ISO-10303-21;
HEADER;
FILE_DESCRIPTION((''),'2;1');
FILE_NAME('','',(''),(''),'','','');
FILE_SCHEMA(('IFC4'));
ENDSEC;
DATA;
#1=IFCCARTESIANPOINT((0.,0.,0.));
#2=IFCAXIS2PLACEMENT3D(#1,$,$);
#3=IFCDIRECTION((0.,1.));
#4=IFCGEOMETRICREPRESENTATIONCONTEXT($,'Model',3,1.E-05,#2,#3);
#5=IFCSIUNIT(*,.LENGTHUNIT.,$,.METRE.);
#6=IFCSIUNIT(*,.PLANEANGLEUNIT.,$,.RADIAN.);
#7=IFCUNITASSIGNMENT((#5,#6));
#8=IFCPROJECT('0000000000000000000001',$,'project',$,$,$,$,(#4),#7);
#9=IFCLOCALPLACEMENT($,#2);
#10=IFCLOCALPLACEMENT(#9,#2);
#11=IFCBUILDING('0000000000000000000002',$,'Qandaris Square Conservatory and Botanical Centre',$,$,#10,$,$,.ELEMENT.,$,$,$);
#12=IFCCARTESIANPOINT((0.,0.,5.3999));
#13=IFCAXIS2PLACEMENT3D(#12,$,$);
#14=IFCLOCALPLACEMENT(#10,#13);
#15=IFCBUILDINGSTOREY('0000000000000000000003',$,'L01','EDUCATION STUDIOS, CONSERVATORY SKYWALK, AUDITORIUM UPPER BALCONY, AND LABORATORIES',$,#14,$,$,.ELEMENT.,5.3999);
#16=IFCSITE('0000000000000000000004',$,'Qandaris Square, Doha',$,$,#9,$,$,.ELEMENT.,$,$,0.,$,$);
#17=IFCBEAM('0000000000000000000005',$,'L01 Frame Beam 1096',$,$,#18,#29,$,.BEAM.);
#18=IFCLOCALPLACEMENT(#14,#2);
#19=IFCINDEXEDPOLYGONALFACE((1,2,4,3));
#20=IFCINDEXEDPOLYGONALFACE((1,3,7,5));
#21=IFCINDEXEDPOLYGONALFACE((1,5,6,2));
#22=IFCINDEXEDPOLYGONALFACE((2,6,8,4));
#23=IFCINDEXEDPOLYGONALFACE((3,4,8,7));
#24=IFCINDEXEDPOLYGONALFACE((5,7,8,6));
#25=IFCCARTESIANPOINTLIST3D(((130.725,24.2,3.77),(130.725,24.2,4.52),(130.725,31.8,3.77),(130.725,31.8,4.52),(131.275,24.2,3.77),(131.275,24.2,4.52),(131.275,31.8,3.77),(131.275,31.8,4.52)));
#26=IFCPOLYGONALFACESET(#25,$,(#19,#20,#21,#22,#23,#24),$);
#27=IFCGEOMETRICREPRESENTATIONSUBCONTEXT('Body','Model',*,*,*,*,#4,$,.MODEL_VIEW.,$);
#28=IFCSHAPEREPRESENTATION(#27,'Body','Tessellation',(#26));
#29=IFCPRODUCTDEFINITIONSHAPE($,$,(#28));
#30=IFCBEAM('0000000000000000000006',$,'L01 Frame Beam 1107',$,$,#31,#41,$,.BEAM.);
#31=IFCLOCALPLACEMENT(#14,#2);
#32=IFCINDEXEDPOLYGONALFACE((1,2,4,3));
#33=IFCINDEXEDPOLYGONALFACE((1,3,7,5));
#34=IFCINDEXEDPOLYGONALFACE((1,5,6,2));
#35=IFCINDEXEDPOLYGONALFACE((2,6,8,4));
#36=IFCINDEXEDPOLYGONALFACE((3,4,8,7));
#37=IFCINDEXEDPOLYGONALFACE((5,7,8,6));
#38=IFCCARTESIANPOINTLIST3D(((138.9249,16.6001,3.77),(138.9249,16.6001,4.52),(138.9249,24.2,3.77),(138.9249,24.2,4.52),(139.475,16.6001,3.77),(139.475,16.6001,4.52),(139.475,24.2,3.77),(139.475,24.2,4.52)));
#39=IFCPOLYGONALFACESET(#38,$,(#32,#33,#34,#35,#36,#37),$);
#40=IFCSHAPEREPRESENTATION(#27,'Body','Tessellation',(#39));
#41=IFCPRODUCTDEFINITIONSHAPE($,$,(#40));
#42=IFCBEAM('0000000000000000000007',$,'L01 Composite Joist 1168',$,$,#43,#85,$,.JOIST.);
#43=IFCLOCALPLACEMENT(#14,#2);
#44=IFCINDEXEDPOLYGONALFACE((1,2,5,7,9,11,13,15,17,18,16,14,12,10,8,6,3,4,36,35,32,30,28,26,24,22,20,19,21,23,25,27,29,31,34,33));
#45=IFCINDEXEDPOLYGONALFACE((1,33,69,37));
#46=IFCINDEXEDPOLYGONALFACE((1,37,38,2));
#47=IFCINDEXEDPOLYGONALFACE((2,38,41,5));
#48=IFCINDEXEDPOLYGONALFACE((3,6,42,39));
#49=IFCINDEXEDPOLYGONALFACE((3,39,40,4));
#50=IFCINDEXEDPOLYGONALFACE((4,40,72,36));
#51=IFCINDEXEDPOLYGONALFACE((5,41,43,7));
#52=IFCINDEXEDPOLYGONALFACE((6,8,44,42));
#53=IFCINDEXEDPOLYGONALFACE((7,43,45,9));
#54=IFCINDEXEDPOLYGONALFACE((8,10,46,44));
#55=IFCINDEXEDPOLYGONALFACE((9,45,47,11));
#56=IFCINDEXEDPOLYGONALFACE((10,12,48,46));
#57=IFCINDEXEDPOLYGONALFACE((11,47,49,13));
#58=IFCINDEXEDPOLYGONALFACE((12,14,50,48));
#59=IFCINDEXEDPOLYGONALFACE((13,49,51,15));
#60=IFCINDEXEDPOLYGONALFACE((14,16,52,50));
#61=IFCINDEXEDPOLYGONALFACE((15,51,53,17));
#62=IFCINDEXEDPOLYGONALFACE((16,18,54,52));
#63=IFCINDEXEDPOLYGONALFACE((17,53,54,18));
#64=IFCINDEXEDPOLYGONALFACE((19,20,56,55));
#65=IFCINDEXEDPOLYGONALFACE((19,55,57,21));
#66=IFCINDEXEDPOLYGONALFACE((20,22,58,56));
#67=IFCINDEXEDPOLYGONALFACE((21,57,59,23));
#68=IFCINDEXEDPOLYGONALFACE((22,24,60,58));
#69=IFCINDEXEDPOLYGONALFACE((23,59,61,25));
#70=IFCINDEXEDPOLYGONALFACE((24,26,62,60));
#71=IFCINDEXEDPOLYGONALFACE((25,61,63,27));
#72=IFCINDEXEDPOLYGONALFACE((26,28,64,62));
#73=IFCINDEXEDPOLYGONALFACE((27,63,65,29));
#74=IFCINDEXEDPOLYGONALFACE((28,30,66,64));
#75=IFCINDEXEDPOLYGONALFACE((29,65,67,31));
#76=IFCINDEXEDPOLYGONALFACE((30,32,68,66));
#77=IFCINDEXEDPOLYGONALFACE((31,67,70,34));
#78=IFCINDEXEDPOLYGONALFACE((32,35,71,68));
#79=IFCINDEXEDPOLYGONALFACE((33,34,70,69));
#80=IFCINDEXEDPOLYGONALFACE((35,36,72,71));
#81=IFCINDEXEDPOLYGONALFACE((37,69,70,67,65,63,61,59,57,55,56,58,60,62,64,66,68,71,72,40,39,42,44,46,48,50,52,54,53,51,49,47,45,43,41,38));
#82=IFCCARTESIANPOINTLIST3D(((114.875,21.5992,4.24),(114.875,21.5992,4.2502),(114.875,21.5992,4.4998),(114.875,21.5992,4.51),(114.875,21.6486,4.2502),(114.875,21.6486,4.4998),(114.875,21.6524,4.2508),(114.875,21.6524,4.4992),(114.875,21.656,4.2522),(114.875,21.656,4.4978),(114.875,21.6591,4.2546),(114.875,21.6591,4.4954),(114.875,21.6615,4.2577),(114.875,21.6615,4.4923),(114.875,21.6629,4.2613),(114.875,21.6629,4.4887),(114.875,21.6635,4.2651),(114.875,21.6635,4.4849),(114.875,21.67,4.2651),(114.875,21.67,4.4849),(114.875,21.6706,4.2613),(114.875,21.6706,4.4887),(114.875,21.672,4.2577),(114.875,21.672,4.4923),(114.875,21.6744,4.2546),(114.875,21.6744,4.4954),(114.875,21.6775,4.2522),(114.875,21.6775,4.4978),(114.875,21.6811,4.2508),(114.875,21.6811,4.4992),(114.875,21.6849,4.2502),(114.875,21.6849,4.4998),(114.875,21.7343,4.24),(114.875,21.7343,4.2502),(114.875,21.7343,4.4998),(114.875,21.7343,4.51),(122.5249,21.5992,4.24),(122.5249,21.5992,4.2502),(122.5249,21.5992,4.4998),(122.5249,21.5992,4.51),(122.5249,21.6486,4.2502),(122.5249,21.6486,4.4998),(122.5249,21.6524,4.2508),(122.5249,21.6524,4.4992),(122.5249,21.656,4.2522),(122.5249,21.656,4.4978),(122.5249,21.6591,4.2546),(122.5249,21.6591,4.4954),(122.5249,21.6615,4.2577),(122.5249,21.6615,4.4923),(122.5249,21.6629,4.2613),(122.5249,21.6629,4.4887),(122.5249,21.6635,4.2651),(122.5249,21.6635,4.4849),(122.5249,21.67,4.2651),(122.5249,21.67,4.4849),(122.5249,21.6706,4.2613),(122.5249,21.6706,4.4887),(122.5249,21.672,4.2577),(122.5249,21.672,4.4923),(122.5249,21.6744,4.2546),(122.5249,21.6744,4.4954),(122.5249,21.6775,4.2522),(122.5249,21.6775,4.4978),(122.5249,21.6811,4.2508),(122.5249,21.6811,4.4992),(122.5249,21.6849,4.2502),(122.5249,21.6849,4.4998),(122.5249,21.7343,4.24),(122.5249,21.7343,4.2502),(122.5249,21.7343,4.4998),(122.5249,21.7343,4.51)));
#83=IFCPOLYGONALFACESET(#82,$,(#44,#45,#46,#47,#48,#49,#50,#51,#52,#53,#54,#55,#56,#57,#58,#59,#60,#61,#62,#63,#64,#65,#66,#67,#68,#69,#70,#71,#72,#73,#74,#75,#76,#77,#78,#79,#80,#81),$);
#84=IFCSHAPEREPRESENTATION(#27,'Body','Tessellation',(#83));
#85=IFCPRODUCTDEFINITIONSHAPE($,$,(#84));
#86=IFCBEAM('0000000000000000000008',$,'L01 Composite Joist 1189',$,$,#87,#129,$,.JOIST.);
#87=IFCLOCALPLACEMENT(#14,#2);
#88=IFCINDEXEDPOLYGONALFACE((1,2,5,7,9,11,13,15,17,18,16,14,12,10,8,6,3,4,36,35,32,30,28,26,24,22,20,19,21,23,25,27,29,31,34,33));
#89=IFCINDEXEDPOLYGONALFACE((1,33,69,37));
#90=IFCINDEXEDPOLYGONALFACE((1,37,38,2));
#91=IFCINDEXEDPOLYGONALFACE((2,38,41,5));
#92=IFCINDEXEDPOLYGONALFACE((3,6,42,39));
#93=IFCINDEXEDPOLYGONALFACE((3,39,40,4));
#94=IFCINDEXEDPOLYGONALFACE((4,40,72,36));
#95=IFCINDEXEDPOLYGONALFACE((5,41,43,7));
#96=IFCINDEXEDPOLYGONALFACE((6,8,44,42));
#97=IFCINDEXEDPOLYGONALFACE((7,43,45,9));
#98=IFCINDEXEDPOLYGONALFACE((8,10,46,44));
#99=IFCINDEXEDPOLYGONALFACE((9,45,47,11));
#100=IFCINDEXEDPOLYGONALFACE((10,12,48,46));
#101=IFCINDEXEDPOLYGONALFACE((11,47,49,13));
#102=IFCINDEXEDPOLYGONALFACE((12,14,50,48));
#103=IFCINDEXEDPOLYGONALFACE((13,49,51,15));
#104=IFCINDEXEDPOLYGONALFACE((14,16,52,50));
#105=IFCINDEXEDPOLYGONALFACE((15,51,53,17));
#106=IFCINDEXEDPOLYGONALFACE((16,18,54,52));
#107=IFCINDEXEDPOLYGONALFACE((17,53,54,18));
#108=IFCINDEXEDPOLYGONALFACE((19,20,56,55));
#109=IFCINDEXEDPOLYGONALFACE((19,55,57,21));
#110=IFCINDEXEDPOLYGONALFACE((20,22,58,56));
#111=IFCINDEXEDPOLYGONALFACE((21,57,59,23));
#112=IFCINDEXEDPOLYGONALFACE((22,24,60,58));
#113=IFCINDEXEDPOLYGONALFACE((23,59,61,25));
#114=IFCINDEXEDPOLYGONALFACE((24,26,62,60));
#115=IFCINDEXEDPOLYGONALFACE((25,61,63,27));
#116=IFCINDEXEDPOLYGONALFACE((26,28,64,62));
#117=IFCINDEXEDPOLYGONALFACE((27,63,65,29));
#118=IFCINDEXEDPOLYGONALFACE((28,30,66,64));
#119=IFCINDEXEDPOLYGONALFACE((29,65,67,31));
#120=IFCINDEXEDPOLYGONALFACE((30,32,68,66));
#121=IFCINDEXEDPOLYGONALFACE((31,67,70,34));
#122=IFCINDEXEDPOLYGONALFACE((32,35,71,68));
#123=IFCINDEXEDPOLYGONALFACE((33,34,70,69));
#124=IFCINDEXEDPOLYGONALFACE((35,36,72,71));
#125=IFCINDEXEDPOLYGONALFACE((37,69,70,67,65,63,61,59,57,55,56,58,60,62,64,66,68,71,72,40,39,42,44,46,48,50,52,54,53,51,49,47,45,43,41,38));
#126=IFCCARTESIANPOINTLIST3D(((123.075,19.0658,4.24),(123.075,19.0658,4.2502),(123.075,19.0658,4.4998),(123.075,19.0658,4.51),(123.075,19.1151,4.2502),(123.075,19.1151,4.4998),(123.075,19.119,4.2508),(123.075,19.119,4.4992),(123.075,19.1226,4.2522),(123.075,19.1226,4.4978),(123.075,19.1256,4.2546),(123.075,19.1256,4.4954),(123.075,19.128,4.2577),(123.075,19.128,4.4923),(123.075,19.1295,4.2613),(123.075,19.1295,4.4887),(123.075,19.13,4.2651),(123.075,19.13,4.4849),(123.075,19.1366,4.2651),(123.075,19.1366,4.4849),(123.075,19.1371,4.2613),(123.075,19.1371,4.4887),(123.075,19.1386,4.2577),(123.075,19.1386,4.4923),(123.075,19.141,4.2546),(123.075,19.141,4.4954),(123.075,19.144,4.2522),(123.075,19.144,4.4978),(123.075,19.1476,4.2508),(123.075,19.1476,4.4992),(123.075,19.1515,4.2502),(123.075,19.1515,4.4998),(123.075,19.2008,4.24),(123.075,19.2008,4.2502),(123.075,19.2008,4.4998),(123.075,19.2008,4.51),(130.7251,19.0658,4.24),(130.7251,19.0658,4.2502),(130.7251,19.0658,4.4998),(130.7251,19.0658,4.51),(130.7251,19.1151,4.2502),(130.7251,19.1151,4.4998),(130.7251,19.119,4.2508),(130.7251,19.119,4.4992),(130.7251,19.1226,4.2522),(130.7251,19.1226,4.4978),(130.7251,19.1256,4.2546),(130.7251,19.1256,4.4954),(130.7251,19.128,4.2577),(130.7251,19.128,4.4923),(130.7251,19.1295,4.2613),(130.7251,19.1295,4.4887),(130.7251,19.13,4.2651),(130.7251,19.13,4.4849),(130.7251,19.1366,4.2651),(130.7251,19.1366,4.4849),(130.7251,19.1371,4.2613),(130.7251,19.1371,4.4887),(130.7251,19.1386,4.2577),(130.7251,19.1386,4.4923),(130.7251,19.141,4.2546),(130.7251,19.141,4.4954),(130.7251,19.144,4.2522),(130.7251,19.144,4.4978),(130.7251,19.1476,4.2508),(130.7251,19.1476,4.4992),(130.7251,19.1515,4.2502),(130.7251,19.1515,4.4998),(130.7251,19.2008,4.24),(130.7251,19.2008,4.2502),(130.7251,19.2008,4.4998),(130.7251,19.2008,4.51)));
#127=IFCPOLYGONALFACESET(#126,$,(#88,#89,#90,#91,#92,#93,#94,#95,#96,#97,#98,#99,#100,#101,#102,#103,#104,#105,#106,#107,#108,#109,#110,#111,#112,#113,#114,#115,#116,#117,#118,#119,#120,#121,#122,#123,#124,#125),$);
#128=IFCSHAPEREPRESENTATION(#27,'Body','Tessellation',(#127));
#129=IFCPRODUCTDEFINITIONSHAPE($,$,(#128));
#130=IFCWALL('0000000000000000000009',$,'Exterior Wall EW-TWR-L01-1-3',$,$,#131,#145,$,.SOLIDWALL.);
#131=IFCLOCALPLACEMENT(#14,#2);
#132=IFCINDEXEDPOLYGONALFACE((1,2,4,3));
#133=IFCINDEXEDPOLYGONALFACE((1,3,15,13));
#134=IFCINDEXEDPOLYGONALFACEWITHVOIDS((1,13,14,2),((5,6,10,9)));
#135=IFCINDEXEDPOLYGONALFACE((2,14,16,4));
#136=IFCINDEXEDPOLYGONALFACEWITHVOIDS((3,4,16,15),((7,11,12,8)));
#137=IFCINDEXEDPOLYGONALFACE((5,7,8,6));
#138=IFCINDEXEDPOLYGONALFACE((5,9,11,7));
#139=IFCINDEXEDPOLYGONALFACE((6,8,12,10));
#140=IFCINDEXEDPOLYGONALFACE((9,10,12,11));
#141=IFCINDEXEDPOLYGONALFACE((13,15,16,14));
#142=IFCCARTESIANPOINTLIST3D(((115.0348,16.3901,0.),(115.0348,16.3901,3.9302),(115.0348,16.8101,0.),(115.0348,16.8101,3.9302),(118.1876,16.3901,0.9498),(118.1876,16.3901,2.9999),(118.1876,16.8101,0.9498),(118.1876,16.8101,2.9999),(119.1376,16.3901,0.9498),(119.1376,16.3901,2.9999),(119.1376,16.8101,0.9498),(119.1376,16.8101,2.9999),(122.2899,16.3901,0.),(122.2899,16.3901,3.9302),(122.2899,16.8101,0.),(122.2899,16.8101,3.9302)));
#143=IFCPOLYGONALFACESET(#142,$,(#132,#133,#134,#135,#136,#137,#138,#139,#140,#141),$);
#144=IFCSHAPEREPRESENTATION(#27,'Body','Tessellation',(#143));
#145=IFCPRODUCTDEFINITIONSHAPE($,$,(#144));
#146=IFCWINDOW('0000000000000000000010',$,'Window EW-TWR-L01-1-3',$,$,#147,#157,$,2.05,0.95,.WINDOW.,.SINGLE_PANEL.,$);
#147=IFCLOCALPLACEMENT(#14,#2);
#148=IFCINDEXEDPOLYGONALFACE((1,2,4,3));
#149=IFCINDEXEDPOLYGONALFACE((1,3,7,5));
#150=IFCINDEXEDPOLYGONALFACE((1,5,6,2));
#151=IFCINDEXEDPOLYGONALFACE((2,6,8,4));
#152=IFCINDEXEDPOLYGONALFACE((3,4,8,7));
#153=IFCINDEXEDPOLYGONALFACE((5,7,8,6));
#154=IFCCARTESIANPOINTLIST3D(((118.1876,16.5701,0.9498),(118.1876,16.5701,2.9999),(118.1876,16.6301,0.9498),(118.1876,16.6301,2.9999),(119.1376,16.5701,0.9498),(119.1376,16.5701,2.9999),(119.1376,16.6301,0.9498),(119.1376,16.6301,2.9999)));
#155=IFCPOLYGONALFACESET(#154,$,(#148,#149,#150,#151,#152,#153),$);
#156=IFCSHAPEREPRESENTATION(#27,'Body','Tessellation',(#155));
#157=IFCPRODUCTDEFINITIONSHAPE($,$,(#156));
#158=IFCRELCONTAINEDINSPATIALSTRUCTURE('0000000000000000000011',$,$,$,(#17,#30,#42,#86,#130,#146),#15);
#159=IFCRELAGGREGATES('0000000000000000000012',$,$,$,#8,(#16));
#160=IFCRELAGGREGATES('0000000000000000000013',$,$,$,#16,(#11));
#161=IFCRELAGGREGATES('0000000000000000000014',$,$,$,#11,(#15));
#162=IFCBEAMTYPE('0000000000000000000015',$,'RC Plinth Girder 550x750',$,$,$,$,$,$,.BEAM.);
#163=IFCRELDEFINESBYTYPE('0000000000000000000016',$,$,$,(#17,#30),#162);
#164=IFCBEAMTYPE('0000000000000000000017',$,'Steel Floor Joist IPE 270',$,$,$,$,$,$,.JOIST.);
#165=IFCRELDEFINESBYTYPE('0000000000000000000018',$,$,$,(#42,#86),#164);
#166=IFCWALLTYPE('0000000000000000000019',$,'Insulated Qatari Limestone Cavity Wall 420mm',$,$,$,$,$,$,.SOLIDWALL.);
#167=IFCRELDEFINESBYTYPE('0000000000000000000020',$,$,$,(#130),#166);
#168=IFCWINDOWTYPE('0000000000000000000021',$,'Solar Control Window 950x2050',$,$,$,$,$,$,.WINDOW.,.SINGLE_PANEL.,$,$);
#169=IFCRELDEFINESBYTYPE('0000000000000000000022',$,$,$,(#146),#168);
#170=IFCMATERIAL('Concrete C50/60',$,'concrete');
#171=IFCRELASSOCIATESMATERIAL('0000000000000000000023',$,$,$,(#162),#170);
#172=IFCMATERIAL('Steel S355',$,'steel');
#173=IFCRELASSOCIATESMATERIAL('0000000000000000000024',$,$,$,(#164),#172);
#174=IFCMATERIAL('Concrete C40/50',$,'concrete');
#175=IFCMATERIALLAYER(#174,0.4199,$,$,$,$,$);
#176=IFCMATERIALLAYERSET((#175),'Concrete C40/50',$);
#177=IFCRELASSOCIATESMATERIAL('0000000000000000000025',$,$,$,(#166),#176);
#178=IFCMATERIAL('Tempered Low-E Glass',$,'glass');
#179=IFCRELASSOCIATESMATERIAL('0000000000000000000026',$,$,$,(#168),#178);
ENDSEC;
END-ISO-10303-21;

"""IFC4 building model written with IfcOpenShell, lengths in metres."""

from ifc_helpers import new_model, si_unit, direction, frame, frame_2d, origin, origin_2d, place, context, subcontext, project, spatial, rectangle, i_section, extrude, material, layer, layer_set, material_profile, profile_set, type_object, element, fill, save


model = new_model("IFC4")

# Units and contexts
model_context = context("Model", 3, precision=1e-05, world=origin(), true_north=direction((0.0, 1.0)))
body_context = subcontext(model_context, "Body", "Model", "MODEL_VIEW")
ifc_project = project(units=[si_unit("LENGTHUNIT", "METRE"), si_unit("PLANEANGLEUNIT", "RADIAN")], contexts=[model_context])

# Site, building, storey
site_placement = place(None, origin())
site = spatial("IfcSite", under=ifc_project, at=site_placement, Name="Qandaris Square, Doha", CompositionType="ELEMENT", RefElevation=0.0)
building_placement = place(site_placement, origin())
building = spatial("IfcBuilding", under=site, at=building_placement, Name="Qandaris Square Conservatory and Botanical Centre", CompositionType="ELEMENT")
storey_placement = place(building_placement, frame((0.0, 0.0, 5.3999)))
storey = spatial("IfcBuildingStorey", under=building, at=storey_placement, Name="L01", Description="EDUCATION STUDIOS, CONSERVATORY SKYWALK, AUDITORIUM UPPER BALCONY, AND LABORATORIES", CompositionType="ELEMENT", Elevation=5.3999)

# Shared definitions
ifc_material_1 = material(Name="Concrete C50/60", Category="concrete")

# Shared definitions
ifc_material_2 = material(Name="Steel S355", Category="steel")

# Beams
ifc_material_profile_1 = material_profile(ifc_material_1, rectangle(XDim=0.55, YDim=0.75, at=origin_2d()), Name="RC-BM 550x750")
ifc_profile_set_1 = profile_set([ifc_material_profile_1], Name="Concrete C50/60")
beam_type_1 = type_object("IfcBeamType", Name="RC Plinth Girder 550x750", PredefinedType="BEAM", material=ifc_profile_set_1)
beam_1_placement = place(storey_placement, frame((131.0, 24.2, 4.145), z_axis=(0.0, 1.0, 0.0), x_axis=(-1.0, 0.0, 0.0)))
element("IfcBeam", 1, at=beam_1_placement, inside=storey, type_object=beam_type_1, Name="L01 Frame Beam 1096", PredefinedType="BEAM", context=body_context, shape_type="SweptSolid", body=[
    extrude(rectangle(XDim=0.55, YDim=0.75, at=origin_2d()), origin(), (0.0, 0.0, 1.0), 7.6001),
])
beam_2_placement = place(storey_placement, frame((139.2, 16.6001, 4.145), z_axis=(0.0, 1.0, 0.0), x_axis=(-1.0, 0.0, 0.0)))
element("IfcBeam", 2, at=beam_2_placement, inside=storey, type_object=beam_type_1, Name="L01 Frame Beam 1107", PredefinedType="BEAM", context=body_context, shape_type="SweptSolid", body=[
    extrude(rectangle(XDim=0.55, YDim=0.75, at=origin_2d()), origin(), (0.0, 0.0, 1.0), 7.5999),
])
ifc_material_profile_2 = material_profile(ifc_material_2, i_section(OverallWidth=0.135, OverallDepth=0.27, WebThickness=0.0066, FlangeThickness=0.0103, FilletRadius=0.0149, at=origin_2d()), Name="IPE 270")
ifc_profile_set_2 = profile_set([ifc_material_profile_2], Name="Steel S355")
beam_type_2 = type_object("IfcBeamType", Name="Steel Floor Joist IPE 270", PredefinedType="JOIST", material=ifc_profile_set_2)
beam_3_placement = place(storey_placement, frame((114.875, 21.6667, 4.375), z_axis=(1.0, 0.0, 0.0), x_axis=(0.0, 1.0, 0.0)))
element("IfcBeam", 3, at=beam_3_placement, inside=storey, type_object=beam_type_2, Name="L01 Composite Joist 1168", PredefinedType="JOIST", context=body_context, shape_type="SweptSolid", body=[
    extrude(i_section(OverallWidth=0.135, OverallDepth=0.27, WebThickness=0.0066, FlangeThickness=0.0103, FilletRadius=0.0149, at=origin_2d()), origin(), (0.0, 0.0, 1.0), 7.6499),
])
beam_4_placement = place(storey_placement, frame((123.075, 19.1333, 4.375), z_axis=(1.0, 0.0, 0.0), x_axis=(0.0, 1.0, 0.0)))
element("IfcBeam", 4, at=beam_4_placement, inside=storey, type_object=beam_type_2, Name="L01 Composite Joist 1189", PredefinedType="JOIST", context=body_context, shape_type="SweptSolid", body=[
    extrude(i_section(OverallWidth=0.135, OverallDepth=0.27, WebThickness=0.0066, FlangeThickness=0.0103, FilletRadius=0.0149, at=origin_2d()), origin(), (0.0, 0.0, 1.0), 7.6501),
])

# Wall, opening, window
ifc_material_3 = material(Name="Concrete C40/50", Category="concrete")
ifc_layer = layer(ifc_material_3, 0.4199)
ifc_layer_set = layer_set([ifc_layer], Name="Concrete C40/50")
wall_type = type_object("IfcWallType", Name="Insulated Qatari Limestone Cavity Wall 420mm", PredefinedType="SOLIDWALL", material=ifc_layer_set)
wall_1_placement = place(storey_placement, frame((115.0349, 16.6001, 0.0), z_axis=(0.0, 0.0, 1.0), x_axis=(1.0, 0.0, 0.0)))
wall_1 = element("IfcWall", 5, at=wall_1_placement, inside=storey, type_object=wall_type, Name="Exterior Wall EW-TWR-L01-1-3", PredefinedType="SOLIDWALL", context=body_context, shape_type="SweptSolid", body=[
    extrude(rectangle(XDim=7.2551, YDim=0.4199, at=frame_2d((3.6274, 0.0))), origin(), (0.0, 0.0, 1.0), 3.9302),
])
opening_1_placement = place(wall_1_placement, frame((3.1526, 0.0, 0.95)))
opening_1 = element("IfcOpeningElement", 6, at=opening_1_placement, cuts=wall_1, PredefinedType="OPENING", context=body_context, shape_type="SweptSolid", body=[
    extrude(rectangle(XDim=0.95, YDim=2.05, at=frame_2d((0.4751, 1.0249))), frame((0.0, 0.2219, 0.0), z_axis=(0.0, -1.0, 0.0), x_axis=(1.0, 0.0, 0.0)), (0.0, 0.0, 1.0), 0.4438),
])
ifc_material_4 = material(Name="Tempered Low-E Glass", Category="glass")
window_type_1 = type_object("IfcWindowType", Name="Solar Control Window 950x2050", PartitioningType="SINGLE_PANEL", PredefinedType="WINDOW", material=ifc_material_4)
window_1_placement = place(opening_1_placement, origin())
window_1 = element("IfcWindow", 7, at=window_1_placement, inside=storey, type_object=window_type_1, Name="Window EW-TWR-L01-1-3", OverallHeight=2.05, OverallWidth=0.95, PartitioningType="SINGLE_PANEL", PredefinedType="WINDOW", context=body_context, shape_type="SweptSolid", body=[
    extrude(rectangle(XDim=0.95, YDim=2.05, at=frame_2d((0.4751, 1.0249))), frame((0.0, 0.03, 0.0), z_axis=(0.0, -1.0, 0.0), x_axis=(1.0, 0.0, 0.0)), (0.0, 0.0, 1.0), 0.0601),
])
fill(opening_1, window_1)

save(model, "model.ifc")
